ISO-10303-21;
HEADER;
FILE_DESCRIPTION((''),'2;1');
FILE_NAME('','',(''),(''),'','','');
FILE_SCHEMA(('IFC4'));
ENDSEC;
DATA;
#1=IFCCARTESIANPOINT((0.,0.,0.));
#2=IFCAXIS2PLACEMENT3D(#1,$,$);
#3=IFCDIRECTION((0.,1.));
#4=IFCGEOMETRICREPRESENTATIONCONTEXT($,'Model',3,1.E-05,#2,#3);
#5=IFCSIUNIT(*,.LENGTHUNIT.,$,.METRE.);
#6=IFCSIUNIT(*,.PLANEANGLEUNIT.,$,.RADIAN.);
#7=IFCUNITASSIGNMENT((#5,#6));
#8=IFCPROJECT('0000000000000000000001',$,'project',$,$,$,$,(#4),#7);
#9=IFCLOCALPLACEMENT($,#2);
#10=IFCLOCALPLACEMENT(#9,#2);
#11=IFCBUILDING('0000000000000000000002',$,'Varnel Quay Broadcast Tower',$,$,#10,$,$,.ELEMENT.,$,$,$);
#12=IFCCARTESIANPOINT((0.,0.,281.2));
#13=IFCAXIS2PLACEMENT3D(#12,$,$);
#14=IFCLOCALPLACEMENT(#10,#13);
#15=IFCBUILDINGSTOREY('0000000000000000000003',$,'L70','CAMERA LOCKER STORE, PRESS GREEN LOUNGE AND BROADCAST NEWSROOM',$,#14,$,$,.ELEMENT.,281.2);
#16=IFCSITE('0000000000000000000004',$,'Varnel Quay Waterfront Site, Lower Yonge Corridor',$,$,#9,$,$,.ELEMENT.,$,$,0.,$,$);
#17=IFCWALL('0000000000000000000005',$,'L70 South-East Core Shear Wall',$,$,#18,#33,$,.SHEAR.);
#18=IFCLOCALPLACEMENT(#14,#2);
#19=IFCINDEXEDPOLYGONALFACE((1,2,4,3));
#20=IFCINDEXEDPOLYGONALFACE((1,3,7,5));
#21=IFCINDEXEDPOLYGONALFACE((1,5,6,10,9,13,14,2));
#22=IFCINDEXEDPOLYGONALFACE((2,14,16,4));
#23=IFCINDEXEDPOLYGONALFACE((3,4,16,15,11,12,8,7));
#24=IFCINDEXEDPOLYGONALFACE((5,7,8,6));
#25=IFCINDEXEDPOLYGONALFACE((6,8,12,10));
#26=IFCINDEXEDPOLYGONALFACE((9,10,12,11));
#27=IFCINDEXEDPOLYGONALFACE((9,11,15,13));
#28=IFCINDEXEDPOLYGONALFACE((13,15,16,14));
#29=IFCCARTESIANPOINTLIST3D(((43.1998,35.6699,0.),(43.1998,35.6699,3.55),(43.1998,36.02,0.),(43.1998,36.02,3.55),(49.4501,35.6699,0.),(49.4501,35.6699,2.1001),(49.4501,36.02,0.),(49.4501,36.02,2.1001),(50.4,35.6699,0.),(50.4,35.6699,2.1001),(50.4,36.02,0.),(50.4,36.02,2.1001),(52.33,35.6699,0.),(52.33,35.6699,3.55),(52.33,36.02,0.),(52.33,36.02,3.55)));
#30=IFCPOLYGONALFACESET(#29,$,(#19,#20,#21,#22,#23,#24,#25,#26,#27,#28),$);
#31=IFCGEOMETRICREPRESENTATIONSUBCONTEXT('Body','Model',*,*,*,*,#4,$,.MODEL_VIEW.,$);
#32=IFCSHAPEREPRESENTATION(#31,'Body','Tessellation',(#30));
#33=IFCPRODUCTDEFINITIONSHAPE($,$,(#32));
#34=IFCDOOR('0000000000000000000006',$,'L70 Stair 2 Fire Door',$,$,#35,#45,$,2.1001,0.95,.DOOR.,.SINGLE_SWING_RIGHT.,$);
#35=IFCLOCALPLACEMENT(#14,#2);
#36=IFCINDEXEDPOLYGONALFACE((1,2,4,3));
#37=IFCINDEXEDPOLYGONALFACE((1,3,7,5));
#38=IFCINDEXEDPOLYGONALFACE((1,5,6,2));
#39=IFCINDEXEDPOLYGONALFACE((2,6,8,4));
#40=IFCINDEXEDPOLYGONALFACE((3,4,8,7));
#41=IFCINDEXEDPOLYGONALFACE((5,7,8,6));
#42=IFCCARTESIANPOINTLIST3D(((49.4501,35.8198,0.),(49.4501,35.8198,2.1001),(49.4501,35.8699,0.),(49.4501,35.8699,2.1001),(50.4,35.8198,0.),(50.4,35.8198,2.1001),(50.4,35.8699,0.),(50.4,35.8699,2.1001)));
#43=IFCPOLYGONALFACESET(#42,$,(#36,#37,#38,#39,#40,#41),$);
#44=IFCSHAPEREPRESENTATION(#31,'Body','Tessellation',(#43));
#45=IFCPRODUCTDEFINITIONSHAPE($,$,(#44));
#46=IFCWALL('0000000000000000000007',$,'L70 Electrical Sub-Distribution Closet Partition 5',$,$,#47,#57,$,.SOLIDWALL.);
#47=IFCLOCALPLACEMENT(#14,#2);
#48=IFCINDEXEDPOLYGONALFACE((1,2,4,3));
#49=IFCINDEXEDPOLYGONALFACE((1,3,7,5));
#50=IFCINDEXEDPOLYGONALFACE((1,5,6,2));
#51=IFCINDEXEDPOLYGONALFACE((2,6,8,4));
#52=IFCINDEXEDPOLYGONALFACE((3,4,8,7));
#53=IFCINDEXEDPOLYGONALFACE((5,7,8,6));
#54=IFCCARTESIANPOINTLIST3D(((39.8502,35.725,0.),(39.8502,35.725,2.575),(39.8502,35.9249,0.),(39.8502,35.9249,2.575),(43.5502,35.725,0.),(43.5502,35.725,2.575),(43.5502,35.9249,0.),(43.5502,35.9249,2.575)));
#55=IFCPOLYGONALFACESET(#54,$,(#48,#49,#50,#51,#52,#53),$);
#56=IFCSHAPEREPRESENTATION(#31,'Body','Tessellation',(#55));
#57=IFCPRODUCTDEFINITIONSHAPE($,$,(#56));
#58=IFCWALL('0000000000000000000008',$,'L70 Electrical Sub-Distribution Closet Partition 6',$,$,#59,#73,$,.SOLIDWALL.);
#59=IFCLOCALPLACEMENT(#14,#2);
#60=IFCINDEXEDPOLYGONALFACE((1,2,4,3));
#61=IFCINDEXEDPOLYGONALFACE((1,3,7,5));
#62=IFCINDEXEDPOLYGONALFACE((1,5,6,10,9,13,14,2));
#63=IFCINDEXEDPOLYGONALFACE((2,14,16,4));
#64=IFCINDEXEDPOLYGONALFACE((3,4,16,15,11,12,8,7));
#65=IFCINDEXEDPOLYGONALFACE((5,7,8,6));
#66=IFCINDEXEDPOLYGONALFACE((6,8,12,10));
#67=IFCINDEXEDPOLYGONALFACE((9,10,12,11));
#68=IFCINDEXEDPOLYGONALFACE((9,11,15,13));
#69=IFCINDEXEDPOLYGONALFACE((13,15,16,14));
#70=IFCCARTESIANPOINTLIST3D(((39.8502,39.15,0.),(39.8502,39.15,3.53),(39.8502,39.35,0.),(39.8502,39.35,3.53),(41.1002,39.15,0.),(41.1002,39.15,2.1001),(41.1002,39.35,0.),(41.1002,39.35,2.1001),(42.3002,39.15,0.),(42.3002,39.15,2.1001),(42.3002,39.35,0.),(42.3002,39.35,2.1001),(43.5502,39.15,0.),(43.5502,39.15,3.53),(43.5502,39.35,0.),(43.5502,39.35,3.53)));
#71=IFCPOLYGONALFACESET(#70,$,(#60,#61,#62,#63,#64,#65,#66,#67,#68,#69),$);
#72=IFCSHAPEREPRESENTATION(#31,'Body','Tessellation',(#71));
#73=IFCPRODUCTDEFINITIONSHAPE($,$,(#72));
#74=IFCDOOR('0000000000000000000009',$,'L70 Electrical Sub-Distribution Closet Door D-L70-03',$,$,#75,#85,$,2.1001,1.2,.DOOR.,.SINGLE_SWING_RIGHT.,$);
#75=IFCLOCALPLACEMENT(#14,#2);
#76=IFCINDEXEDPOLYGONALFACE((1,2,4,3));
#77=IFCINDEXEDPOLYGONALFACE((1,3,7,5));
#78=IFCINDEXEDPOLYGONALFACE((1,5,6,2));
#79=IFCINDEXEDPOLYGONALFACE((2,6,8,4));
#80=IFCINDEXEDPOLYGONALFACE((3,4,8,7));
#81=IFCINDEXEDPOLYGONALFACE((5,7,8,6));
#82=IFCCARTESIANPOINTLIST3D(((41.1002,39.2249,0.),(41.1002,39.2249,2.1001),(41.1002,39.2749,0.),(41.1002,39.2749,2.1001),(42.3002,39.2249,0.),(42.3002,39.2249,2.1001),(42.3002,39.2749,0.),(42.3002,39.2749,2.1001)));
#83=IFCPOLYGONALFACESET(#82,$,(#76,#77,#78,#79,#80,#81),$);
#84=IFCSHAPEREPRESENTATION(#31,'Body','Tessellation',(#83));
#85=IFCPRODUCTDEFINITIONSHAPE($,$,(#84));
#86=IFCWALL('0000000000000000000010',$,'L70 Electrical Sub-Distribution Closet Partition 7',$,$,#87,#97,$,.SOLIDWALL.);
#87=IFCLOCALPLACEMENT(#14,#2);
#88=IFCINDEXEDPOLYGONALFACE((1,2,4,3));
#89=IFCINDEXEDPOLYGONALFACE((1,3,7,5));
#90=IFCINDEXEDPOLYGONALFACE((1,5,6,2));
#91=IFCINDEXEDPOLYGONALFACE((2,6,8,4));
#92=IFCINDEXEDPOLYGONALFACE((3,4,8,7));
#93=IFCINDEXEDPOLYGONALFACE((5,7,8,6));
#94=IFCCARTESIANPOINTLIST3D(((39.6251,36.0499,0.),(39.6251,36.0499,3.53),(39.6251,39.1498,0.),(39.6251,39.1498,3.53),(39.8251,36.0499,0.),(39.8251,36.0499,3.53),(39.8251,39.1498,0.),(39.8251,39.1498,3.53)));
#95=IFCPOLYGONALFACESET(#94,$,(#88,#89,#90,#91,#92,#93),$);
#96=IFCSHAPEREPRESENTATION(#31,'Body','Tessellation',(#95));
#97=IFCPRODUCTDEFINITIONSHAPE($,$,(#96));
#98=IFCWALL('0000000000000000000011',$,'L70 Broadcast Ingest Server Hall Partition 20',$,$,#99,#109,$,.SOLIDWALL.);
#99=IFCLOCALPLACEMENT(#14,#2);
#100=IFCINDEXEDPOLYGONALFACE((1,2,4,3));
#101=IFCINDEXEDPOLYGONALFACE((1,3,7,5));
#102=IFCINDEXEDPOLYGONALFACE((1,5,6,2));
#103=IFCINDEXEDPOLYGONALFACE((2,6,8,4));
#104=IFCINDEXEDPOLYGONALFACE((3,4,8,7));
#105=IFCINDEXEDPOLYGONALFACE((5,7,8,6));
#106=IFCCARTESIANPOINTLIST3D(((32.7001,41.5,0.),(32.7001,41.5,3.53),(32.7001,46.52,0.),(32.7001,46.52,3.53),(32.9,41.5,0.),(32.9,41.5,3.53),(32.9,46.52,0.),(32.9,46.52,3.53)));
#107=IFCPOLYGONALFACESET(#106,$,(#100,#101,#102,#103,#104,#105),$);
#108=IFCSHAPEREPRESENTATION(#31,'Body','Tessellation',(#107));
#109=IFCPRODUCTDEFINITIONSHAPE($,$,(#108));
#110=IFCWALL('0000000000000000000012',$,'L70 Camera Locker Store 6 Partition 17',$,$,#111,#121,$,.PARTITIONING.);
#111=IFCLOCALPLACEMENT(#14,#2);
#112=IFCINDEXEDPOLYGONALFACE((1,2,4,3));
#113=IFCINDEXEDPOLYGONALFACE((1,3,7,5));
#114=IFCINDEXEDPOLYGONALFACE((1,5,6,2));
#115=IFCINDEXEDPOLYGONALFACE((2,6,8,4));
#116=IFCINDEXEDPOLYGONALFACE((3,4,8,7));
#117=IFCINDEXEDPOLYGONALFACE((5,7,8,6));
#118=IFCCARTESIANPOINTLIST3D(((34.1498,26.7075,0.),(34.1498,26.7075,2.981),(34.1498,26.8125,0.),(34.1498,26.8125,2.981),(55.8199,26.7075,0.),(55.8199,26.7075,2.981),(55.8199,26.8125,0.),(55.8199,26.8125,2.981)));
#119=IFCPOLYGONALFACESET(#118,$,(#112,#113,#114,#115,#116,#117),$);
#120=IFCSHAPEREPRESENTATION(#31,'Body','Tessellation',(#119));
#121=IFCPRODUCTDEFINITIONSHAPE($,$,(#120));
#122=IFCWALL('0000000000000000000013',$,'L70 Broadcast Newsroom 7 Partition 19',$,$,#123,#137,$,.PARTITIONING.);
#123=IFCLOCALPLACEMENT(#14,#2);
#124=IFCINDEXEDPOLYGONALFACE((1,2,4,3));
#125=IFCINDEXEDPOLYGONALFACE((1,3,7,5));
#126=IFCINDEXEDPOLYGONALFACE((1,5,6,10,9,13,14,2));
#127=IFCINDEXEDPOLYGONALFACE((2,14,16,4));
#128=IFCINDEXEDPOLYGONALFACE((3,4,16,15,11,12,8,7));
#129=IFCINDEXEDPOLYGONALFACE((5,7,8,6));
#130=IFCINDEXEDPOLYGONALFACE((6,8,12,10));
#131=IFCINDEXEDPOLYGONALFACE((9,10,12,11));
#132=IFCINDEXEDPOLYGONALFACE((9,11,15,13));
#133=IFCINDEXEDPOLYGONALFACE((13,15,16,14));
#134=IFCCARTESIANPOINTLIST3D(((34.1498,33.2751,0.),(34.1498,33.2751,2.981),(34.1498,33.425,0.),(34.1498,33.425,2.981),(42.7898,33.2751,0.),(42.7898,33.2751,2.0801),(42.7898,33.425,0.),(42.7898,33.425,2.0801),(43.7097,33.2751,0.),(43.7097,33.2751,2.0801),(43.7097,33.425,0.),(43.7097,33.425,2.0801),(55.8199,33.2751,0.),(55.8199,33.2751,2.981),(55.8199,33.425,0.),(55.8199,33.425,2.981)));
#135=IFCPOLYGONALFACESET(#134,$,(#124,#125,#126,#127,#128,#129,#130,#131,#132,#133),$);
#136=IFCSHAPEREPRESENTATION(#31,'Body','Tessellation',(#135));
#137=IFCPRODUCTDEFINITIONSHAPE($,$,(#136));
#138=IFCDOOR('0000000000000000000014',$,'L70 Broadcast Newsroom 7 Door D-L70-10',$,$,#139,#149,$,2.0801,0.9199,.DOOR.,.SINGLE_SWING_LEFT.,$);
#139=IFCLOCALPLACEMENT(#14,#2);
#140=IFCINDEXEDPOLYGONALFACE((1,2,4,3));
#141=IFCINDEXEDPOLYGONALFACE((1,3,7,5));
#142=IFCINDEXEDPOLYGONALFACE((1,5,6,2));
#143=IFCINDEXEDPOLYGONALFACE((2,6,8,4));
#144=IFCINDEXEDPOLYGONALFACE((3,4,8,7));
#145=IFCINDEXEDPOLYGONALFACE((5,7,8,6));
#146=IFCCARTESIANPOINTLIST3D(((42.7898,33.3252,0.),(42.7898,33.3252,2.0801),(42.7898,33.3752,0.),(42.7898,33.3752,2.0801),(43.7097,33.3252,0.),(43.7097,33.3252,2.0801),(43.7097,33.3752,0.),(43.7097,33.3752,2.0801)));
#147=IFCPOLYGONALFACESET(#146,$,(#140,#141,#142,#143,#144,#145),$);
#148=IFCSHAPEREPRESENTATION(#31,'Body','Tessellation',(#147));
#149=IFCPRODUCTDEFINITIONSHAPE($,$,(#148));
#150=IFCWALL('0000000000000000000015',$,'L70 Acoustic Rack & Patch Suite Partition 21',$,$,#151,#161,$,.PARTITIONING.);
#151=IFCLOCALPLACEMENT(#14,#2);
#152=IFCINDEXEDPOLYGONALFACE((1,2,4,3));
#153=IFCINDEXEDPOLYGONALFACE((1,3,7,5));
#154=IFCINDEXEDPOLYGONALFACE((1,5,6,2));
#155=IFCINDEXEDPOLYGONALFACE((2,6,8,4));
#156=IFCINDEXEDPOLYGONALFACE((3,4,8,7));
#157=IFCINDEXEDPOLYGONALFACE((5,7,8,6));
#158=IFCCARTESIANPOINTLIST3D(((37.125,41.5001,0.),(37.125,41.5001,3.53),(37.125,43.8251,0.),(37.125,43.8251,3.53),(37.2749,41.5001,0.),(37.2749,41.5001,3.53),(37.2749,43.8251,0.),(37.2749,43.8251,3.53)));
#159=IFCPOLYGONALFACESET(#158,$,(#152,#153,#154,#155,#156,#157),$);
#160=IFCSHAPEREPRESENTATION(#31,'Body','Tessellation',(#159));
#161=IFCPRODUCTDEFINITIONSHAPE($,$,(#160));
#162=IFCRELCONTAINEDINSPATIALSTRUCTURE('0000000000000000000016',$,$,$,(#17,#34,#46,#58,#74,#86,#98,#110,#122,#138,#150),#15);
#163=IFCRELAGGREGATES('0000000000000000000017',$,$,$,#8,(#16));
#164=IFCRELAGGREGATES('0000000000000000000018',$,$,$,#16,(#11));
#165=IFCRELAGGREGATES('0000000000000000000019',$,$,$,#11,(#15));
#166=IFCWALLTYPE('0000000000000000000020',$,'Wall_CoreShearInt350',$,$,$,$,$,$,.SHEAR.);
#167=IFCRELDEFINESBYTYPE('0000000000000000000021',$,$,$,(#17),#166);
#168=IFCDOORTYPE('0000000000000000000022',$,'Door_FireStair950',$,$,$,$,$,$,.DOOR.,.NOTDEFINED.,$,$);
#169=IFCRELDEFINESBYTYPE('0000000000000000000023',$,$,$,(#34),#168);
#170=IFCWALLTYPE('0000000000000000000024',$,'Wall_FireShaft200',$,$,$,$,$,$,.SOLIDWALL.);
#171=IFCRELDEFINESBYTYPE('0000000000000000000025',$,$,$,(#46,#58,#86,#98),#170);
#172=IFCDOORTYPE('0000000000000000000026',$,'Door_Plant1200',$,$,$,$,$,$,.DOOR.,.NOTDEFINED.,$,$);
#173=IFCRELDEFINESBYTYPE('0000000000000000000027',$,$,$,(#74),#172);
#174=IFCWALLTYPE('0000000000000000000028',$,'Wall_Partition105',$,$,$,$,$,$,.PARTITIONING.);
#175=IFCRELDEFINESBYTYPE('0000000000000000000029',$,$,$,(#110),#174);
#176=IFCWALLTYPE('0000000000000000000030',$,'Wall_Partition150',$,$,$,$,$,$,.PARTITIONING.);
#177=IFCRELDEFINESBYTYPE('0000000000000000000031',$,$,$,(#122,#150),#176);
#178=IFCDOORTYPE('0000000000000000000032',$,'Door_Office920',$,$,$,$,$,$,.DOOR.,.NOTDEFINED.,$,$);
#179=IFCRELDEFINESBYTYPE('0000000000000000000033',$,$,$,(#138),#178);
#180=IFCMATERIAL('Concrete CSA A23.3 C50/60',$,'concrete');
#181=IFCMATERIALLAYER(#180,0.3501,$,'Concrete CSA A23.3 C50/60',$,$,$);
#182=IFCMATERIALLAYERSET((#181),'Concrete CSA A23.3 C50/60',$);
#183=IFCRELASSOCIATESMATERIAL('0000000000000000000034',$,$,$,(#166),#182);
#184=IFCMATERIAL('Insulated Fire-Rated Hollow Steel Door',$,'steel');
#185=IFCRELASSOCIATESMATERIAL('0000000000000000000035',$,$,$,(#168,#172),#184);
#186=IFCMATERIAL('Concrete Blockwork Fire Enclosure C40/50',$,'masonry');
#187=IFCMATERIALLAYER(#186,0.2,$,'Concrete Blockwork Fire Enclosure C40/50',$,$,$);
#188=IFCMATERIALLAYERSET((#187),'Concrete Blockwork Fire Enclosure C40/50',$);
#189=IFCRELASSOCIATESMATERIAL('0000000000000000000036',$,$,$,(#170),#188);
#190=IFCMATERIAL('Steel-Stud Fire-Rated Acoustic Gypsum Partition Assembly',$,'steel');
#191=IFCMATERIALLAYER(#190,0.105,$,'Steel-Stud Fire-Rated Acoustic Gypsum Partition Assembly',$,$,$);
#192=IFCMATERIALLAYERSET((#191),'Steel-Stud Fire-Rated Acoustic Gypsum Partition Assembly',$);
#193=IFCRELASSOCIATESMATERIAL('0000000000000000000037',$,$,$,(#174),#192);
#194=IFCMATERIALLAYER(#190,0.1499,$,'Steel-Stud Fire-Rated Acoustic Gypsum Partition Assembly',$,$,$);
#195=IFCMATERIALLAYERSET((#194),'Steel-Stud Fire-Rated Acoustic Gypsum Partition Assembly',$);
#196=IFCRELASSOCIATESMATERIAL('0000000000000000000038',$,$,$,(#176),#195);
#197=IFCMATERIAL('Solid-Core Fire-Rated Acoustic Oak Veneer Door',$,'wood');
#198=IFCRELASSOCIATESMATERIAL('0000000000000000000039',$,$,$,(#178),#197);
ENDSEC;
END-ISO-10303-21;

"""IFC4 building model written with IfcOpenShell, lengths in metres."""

from ifc_helpers import new_model, si_unit, direction, frame, frame_2d, origin, place, context, subcontext, project, spatial, rectangle, extrude, source, transform, mapped, material, layer, layer_set, type_object, type_shapes, element, fill, save


model = new_model("IFC4")

# Units and contexts
model_context = context("Model", 3, precision=1e-05, world=origin(), true_north=direction((0.0, 1.0)))
body_context = subcontext(model_context, "Body", "Model", "MODEL_VIEW")
ifc_project = project(units=[si_unit("LENGTHUNIT", "METRE"), si_unit("PLANEANGLEUNIT", "RADIAN")], contexts=[model_context])

# Site, building, storey
site_placement = place(None, origin())
site = spatial("IfcSite", under=ifc_project, at=site_placement, Name="Varnel Quay Waterfront Site, Lower Yonge Corridor", CompositionType="ELEMENT", RefElevation=0.0)
building_placement = place(site_placement, origin())
building = spatial("IfcBuilding", under=site, at=building_placement, Name="Varnel Quay Broadcast Tower", CompositionType="ELEMENT")
storey_placement = place(building_placement, frame((0.0, 0.0, 281.2)))
storey = spatial("IfcBuildingStorey", under=building, at=storey_placement, Name="L70", Description="CAMERA LOCKER STORE, PRESS GREEN LOUNGE AND BROADCAST NEWSROOM", CompositionType="ELEMENT", Elevation=281.2)

# Shared definitions
ifc_material_1 = material(Name="Concrete CSA A23.3 C50/60", Category="concrete")

# Wall, opening, door
ifc_layer_1 = layer(ifc_material_1, 0.3501, Name="Concrete CSA A23.3 C50/60")
ifc_layer_set_1 = layer_set([ifc_layer_1], Name="Concrete CSA A23.3 C50/60")
wall_type_1 = type_object("IfcWallType", Name="Wall_CoreShearInt350", PredefinedType="SHEAR", material=ifc_layer_set_1)
wall_1_placement = place(storey_placement, frame((43.2, 35.845, 0.0), z_axis=(0.0, 0.0, 1.0), x_axis=(1.0, 0.0, 0.0)))
wall_1 = element("IfcWall", 1, at=wall_1_placement, inside=storey, type_object=wall_type_1, Name="L70 South-East Core Shear Wall", PredefinedType="SHEAR", context=body_context, shape_type="SweptSolid", body=[
    extrude(rectangle(XDim=9.1301, YDim=0.3501, at=frame_2d((4.5649, 0.0))), origin(), (0.0, 0.0, 1.0), 3.55),
])
opening_1_placement = place(wall_1_placement, frame((6.25, 0.0, 0.0)))
opening_1 = element("IfcOpeningElement", 2, at=opening_1_placement, cuts=wall_1, PredefinedType="OPENING", context=body_context, shape_type="SweptSolid", body=[
    extrude(rectangle(XDim=0.95, YDim=2.1001, at=frame_2d((0.4751, 1.05))), frame((0.0, 0.1851, 0.0), z_axis=(0.0, -1.0, 0.0), x_axis=(1.0, 0.0, 0.0)), (0.0, 0.0, 1.0), 0.3701),
])
ifc_material_2 = material(Name="Insulated Fire-Rated Hollow Steel Door", Category="steel")
door_type_1 = type_object("IfcDoorType", Name="Door_FireStair950", OperationType="NOTDEFINED", PredefinedType="DOOR", material=ifc_material_2)
shared_shape_1 = source(origin(), body_context, "Body", "SweptSolid", [
    extrude(rectangle(XDim=0.95, YDim=2.1001, at=frame_2d((0.4751, 1.05))), frame((0.0, 0.0249, 0.0), z_axis=(0.0, -1.0, 0.0), x_axis=(1.0, 0.0, 0.0)), (0.0, 0.0, 1.0), 0.05),
])
type_shapes(door_type_1, [shared_shape_1])
door_1_placement = place(opening_1_placement, origin())
door_1 = element("IfcDoor", 3, at=door_1_placement, inside=storey, type_object=door_type_1, Name="L70 Stair 2 Fire Door", OperationType="SINGLE_SWING_RIGHT", OverallHeight=2.1001, OverallWidth=0.95, PredefinedType="DOOR", context=body_context, shape_type="MappedRepresentation", body=[
    mapped(shared_shape_1, transform((0.0, 0.0, 0.0), x_axis=(1.0, 0.0, 0.0), y_axis=(0.0, 1.0, 0.0), z_axis=(0.0, 0.0, 1.0), scale=1.0)),
])
fill(opening_1, door_1)

# Wall
ifc_material_3 = material(Name="Concrete Blockwork Fire Enclosure C40/50", Category="masonry")
ifc_layer_2 = layer(ifc_material_3, 0.2, Name="Concrete Blockwork Fire Enclosure C40/50")
ifc_layer_set_2 = layer_set([ifc_layer_2], Name="Concrete Blockwork Fire Enclosure C40/50")
wall_type_2 = type_object("IfcWallType", Name="Wall_FireShaft200", PredefinedType="SOLIDWALL", material=ifc_layer_set_2)
wall_2_placement = place(storey_placement, frame((39.8501, 35.825, 0.0), z_axis=(0.0, 0.0, 1.0), x_axis=(1.0, 0.0, 0.0)))
element("IfcWall", 4, at=wall_2_placement, inside=storey, type_object=wall_type_2, Name="L70 Electrical Sub-Distribution Closet Partition 5", PredefinedType="SOLIDWALL", context=body_context, shape_type="SweptSolid", body=[
    extrude(rectangle(XDim=3.7, YDim=0.2, at=frame_2d((1.8501, 0.0))), origin(), (0.0, 0.0, 1.0), 2.575),
])

# Wall, opening, door
wall_3_placement = place(storey_placement, frame((39.8501, 39.25, 0.0), z_axis=(0.0, 0.0, 1.0), x_axis=(1.0, 0.0, 0.0)))
wall_3 = element("IfcWall", 5, at=wall_3_placement, inside=storey, type_object=wall_type_2, Name="L70 Electrical Sub-Distribution Closet Partition 6", PredefinedType="SOLIDWALL", context=body_context, shape_type="SweptSolid", body=[
    extrude(rectangle(XDim=3.7, YDim=0.2, at=frame_2d((1.8501, 0.0))), origin(), (0.0, 0.0, 1.0), 3.53),
])
opening_2_placement = place(wall_3_placement, frame((1.25, 0.0, 0.0)))
opening_2 = element("IfcOpeningElement", 6, at=opening_2_placement, cuts=wall_3, PredefinedType="OPENING", context=body_context, shape_type="SweptSolid", body=[
    extrude(rectangle(XDim=1.2, YDim=2.1001, at=frame_2d((0.6001, 1.05))), frame((0.0, 0.1099, 0.0), z_axis=(0.0, -1.0, 0.0), x_axis=(1.0, 0.0, 0.0)), (0.0, 0.0, 1.0), 0.22),
])
door_type_2 = type_object("IfcDoorType", Name="Door_Plant1200", OperationType="NOTDEFINED", PredefinedType="DOOR", material=ifc_material_2)
shared_shape_2 = source(origin(), body_context, "Body", "SweptSolid", [
    extrude(rectangle(XDim=1.2, YDim=2.1001, at=frame_2d((0.6001, 1.05))), frame((0.0, 0.0249, 0.0), z_axis=(0.0, -1.0, 0.0), x_axis=(1.0, 0.0, 0.0)), (0.0, 0.0, 1.0), 0.05),
])
type_shapes(door_type_2, [shared_shape_2])
door_2_placement = place(opening_2_placement, origin())
door_2 = element("IfcDoor", 7, at=door_2_placement, inside=storey, type_object=door_type_2, Name="L70 Electrical Sub-Distribution Closet Door D-L70-03", OperationType="SINGLE_SWING_RIGHT", OverallHeight=2.1001, OverallWidth=1.2, PredefinedType="DOOR", context=body_context, shape_type="MappedRepresentation", body=[
    mapped(shared_shape_2, transform((0.0, 0.0, 0.0), x_axis=(1.0, 0.0, 0.0), y_axis=(0.0, 1.0, 0.0), z_axis=(0.0, 0.0, 1.0), scale=1.0)),
])
fill(opening_2, door_2)

# Walls
wall_4_placement = place(storey_placement, frame((39.7251, 36.05, 0.0), z_axis=(0.0, 0.0, 1.0), x_axis=(0.0, 1.0, 0.0)))
element("IfcWall", 8, at=wall_4_placement, inside=storey, type_object=wall_type_2, Name="L70 Electrical Sub-Distribution Closet Partition 7", PredefinedType="SOLIDWALL", context=body_context, shape_type="SweptSolid", body=[
    extrude(rectangle(XDim=3.0999, YDim=0.2, at=frame_2d((1.5498, 0.0))), origin(), (0.0, 0.0, 1.0), 3.53),
])
wall_5_placement = place(storey_placement, frame((32.8, 41.5, 0.0), z_axis=(0.0, 0.0, 1.0), x_axis=(0.0, 1.0, 0.0)))
element("IfcWall", 9, at=wall_5_placement, inside=storey, type_object=wall_type_2, Name="L70 Broadcast Ingest Server Hall Partition 20", PredefinedType="SOLIDWALL", context=body_context, shape_type="SweptSolid", body=[
    extrude(rectangle(XDim=5.02, YDim=0.2, at=frame_2d((2.51, 0.0))), origin(), (0.0, 0.0, 1.0), 3.53),
])
ifc_material_4 = material(Name="Steel-Stud Fire-Rated Acoustic Gypsum Partition Assembly", Category="steel")
ifc_layer_3 = layer(ifc_material_4, 0.105, Name="Steel-Stud Fire-Rated Acoustic Gypsum Partition Assembly")
ifc_layer_set_3 = layer_set([ifc_layer_3], Name="Steel-Stud Fire-Rated Acoustic Gypsum Partition Assembly")
wall_type_3 = type_object("IfcWallType", Name="Wall_Partition105", PredefinedType="PARTITIONING", material=ifc_layer_set_3)
wall_6_placement = place(storey_placement, frame((34.1499, 26.76, 0.0), z_axis=(0.0, 0.0, 1.0), x_axis=(1.0, 0.0, 0.0)))
element("IfcWall", 10, at=wall_6_placement, inside=storey, type_object=wall_type_3, Name="L70 Camera Locker Store 6 Partition 17", PredefinedType="PARTITIONING", context=body_context, shape_type="SweptSolid", body=[
    extrude(rectangle(XDim=21.6702, YDim=0.105, at=frame_2d((10.835, 0.0))), origin(), (0.0, 0.0, 1.0), 2.981),
])

# Wall, opening, door
ifc_layer_4 = layer(ifc_material_4, 0.1499, Name="Steel-Stud Fire-Rated Acoustic Gypsum Partition Assembly")
ifc_layer_set_4 = layer_set([ifc_layer_4], Name="Steel-Stud Fire-Rated Acoustic Gypsum Partition Assembly")
wall_type_4 = type_object("IfcWallType", Name="Wall_Partition150", PredefinedType="PARTITIONING", material=ifc_layer_set_4)
wall_7_placement = place(storey_placement, frame((34.1499, 33.3501, 0.0), z_axis=(0.0, 0.0, 1.0), x_axis=(1.0, 0.0, 0.0)))
wall_7 = element("IfcWall", 11, at=wall_7_placement, inside=storey, type_object=wall_type_4, Name="L70 Broadcast Newsroom 7 Partition 19", PredefinedType="PARTITIONING", context=body_context, shape_type="SweptSolid", body=[
    extrude(rectangle(XDim=21.6702, YDim=0.1499, at=frame_2d((10.835, 0.0))), origin(), (0.0, 0.0, 1.0), 2.981),
])
opening_3_placement = place(wall_7_placement, frame((8.6399, 0.0, 0.0)))
opening_3 = element("IfcOpeningElement", 12, at=opening_3_placement, cuts=wall_7, PredefinedType="OPENING", context=body_context, shape_type="SweptSolid", body=[
    extrude(rectangle(XDim=0.9199, YDim=2.0801, at=frame_2d((0.46, 1.04))), frame((0.0, 0.085, 0.0), z_axis=(0.0, -1.0, 0.0), x_axis=(1.0, 0.0, 0.0)), (0.0, 0.0, 1.0), 0.1699),
])
ifc_material_5 = material(Name="Solid-Core Fire-Rated Acoustic Oak Veneer Door", Category="wood")
door_type_3 = type_object("IfcDoorType", Name="Door_Office920", OperationType="NOTDEFINED", PredefinedType="DOOR", material=ifc_material_5)
shared_shape_3 = source(origin(), body_context, "Body", "SweptSolid", [
    extrude(rectangle(XDim=0.9199, YDim=2.0801, at=frame_2d((0.46, 1.04))), frame((0.0, 0.0249, 0.0), z_axis=(0.0, -1.0, 0.0), x_axis=(1.0, 0.0, 0.0)), (0.0, 0.0, 1.0), 0.05),
])
type_shapes(door_type_3, [shared_shape_3])
door_3_placement = place(opening_3_placement, frame((0.9199, 0.0, 0.0), z_axis=(0.0, 0.0, 1.0), x_axis=(-1.0, 0.0, 0.0)))
door_3 = element("IfcDoor", 13, at=door_3_placement, inside=storey, type_object=door_type_3, Name="L70 Broadcast Newsroom 7 Door D-L70-10", OperationType="SINGLE_SWING_LEFT", OverallHeight=2.0801, OverallWidth=0.9199, PredefinedType="DOOR", context=body_context, shape_type="MappedRepresentation", body=[
    mapped(shared_shape_3, transform((0.0, 0.0, 0.0), x_axis=(1.0, 0.0, 0.0), y_axis=(0.0, 1.0, 0.0), z_axis=(0.0, 0.0, 1.0), scale=1.0)),
])
fill(opening_3, door_3)

# Wall
wall_8_placement = place(storey_placement, frame((37.2, 41.5, 0.0), z_axis=(0.0, 0.0, 1.0), x_axis=(0.0, 1.0, 0.0)))
element("IfcWall", 14, at=wall_8_placement, inside=storey, type_object=wall_type_4, Name="L70 Acoustic Rack & Patch Suite Partition 21", PredefinedType="PARTITIONING", context=body_context, shape_type="SweptSolid", body=[
    extrude(rectangle(XDim=2.325, YDim=0.1499, at=frame_2d((1.1626, 0.0))), origin(), (0.0, 0.0, 1.0), 3.53),
])

save(model, "model.ifc")
